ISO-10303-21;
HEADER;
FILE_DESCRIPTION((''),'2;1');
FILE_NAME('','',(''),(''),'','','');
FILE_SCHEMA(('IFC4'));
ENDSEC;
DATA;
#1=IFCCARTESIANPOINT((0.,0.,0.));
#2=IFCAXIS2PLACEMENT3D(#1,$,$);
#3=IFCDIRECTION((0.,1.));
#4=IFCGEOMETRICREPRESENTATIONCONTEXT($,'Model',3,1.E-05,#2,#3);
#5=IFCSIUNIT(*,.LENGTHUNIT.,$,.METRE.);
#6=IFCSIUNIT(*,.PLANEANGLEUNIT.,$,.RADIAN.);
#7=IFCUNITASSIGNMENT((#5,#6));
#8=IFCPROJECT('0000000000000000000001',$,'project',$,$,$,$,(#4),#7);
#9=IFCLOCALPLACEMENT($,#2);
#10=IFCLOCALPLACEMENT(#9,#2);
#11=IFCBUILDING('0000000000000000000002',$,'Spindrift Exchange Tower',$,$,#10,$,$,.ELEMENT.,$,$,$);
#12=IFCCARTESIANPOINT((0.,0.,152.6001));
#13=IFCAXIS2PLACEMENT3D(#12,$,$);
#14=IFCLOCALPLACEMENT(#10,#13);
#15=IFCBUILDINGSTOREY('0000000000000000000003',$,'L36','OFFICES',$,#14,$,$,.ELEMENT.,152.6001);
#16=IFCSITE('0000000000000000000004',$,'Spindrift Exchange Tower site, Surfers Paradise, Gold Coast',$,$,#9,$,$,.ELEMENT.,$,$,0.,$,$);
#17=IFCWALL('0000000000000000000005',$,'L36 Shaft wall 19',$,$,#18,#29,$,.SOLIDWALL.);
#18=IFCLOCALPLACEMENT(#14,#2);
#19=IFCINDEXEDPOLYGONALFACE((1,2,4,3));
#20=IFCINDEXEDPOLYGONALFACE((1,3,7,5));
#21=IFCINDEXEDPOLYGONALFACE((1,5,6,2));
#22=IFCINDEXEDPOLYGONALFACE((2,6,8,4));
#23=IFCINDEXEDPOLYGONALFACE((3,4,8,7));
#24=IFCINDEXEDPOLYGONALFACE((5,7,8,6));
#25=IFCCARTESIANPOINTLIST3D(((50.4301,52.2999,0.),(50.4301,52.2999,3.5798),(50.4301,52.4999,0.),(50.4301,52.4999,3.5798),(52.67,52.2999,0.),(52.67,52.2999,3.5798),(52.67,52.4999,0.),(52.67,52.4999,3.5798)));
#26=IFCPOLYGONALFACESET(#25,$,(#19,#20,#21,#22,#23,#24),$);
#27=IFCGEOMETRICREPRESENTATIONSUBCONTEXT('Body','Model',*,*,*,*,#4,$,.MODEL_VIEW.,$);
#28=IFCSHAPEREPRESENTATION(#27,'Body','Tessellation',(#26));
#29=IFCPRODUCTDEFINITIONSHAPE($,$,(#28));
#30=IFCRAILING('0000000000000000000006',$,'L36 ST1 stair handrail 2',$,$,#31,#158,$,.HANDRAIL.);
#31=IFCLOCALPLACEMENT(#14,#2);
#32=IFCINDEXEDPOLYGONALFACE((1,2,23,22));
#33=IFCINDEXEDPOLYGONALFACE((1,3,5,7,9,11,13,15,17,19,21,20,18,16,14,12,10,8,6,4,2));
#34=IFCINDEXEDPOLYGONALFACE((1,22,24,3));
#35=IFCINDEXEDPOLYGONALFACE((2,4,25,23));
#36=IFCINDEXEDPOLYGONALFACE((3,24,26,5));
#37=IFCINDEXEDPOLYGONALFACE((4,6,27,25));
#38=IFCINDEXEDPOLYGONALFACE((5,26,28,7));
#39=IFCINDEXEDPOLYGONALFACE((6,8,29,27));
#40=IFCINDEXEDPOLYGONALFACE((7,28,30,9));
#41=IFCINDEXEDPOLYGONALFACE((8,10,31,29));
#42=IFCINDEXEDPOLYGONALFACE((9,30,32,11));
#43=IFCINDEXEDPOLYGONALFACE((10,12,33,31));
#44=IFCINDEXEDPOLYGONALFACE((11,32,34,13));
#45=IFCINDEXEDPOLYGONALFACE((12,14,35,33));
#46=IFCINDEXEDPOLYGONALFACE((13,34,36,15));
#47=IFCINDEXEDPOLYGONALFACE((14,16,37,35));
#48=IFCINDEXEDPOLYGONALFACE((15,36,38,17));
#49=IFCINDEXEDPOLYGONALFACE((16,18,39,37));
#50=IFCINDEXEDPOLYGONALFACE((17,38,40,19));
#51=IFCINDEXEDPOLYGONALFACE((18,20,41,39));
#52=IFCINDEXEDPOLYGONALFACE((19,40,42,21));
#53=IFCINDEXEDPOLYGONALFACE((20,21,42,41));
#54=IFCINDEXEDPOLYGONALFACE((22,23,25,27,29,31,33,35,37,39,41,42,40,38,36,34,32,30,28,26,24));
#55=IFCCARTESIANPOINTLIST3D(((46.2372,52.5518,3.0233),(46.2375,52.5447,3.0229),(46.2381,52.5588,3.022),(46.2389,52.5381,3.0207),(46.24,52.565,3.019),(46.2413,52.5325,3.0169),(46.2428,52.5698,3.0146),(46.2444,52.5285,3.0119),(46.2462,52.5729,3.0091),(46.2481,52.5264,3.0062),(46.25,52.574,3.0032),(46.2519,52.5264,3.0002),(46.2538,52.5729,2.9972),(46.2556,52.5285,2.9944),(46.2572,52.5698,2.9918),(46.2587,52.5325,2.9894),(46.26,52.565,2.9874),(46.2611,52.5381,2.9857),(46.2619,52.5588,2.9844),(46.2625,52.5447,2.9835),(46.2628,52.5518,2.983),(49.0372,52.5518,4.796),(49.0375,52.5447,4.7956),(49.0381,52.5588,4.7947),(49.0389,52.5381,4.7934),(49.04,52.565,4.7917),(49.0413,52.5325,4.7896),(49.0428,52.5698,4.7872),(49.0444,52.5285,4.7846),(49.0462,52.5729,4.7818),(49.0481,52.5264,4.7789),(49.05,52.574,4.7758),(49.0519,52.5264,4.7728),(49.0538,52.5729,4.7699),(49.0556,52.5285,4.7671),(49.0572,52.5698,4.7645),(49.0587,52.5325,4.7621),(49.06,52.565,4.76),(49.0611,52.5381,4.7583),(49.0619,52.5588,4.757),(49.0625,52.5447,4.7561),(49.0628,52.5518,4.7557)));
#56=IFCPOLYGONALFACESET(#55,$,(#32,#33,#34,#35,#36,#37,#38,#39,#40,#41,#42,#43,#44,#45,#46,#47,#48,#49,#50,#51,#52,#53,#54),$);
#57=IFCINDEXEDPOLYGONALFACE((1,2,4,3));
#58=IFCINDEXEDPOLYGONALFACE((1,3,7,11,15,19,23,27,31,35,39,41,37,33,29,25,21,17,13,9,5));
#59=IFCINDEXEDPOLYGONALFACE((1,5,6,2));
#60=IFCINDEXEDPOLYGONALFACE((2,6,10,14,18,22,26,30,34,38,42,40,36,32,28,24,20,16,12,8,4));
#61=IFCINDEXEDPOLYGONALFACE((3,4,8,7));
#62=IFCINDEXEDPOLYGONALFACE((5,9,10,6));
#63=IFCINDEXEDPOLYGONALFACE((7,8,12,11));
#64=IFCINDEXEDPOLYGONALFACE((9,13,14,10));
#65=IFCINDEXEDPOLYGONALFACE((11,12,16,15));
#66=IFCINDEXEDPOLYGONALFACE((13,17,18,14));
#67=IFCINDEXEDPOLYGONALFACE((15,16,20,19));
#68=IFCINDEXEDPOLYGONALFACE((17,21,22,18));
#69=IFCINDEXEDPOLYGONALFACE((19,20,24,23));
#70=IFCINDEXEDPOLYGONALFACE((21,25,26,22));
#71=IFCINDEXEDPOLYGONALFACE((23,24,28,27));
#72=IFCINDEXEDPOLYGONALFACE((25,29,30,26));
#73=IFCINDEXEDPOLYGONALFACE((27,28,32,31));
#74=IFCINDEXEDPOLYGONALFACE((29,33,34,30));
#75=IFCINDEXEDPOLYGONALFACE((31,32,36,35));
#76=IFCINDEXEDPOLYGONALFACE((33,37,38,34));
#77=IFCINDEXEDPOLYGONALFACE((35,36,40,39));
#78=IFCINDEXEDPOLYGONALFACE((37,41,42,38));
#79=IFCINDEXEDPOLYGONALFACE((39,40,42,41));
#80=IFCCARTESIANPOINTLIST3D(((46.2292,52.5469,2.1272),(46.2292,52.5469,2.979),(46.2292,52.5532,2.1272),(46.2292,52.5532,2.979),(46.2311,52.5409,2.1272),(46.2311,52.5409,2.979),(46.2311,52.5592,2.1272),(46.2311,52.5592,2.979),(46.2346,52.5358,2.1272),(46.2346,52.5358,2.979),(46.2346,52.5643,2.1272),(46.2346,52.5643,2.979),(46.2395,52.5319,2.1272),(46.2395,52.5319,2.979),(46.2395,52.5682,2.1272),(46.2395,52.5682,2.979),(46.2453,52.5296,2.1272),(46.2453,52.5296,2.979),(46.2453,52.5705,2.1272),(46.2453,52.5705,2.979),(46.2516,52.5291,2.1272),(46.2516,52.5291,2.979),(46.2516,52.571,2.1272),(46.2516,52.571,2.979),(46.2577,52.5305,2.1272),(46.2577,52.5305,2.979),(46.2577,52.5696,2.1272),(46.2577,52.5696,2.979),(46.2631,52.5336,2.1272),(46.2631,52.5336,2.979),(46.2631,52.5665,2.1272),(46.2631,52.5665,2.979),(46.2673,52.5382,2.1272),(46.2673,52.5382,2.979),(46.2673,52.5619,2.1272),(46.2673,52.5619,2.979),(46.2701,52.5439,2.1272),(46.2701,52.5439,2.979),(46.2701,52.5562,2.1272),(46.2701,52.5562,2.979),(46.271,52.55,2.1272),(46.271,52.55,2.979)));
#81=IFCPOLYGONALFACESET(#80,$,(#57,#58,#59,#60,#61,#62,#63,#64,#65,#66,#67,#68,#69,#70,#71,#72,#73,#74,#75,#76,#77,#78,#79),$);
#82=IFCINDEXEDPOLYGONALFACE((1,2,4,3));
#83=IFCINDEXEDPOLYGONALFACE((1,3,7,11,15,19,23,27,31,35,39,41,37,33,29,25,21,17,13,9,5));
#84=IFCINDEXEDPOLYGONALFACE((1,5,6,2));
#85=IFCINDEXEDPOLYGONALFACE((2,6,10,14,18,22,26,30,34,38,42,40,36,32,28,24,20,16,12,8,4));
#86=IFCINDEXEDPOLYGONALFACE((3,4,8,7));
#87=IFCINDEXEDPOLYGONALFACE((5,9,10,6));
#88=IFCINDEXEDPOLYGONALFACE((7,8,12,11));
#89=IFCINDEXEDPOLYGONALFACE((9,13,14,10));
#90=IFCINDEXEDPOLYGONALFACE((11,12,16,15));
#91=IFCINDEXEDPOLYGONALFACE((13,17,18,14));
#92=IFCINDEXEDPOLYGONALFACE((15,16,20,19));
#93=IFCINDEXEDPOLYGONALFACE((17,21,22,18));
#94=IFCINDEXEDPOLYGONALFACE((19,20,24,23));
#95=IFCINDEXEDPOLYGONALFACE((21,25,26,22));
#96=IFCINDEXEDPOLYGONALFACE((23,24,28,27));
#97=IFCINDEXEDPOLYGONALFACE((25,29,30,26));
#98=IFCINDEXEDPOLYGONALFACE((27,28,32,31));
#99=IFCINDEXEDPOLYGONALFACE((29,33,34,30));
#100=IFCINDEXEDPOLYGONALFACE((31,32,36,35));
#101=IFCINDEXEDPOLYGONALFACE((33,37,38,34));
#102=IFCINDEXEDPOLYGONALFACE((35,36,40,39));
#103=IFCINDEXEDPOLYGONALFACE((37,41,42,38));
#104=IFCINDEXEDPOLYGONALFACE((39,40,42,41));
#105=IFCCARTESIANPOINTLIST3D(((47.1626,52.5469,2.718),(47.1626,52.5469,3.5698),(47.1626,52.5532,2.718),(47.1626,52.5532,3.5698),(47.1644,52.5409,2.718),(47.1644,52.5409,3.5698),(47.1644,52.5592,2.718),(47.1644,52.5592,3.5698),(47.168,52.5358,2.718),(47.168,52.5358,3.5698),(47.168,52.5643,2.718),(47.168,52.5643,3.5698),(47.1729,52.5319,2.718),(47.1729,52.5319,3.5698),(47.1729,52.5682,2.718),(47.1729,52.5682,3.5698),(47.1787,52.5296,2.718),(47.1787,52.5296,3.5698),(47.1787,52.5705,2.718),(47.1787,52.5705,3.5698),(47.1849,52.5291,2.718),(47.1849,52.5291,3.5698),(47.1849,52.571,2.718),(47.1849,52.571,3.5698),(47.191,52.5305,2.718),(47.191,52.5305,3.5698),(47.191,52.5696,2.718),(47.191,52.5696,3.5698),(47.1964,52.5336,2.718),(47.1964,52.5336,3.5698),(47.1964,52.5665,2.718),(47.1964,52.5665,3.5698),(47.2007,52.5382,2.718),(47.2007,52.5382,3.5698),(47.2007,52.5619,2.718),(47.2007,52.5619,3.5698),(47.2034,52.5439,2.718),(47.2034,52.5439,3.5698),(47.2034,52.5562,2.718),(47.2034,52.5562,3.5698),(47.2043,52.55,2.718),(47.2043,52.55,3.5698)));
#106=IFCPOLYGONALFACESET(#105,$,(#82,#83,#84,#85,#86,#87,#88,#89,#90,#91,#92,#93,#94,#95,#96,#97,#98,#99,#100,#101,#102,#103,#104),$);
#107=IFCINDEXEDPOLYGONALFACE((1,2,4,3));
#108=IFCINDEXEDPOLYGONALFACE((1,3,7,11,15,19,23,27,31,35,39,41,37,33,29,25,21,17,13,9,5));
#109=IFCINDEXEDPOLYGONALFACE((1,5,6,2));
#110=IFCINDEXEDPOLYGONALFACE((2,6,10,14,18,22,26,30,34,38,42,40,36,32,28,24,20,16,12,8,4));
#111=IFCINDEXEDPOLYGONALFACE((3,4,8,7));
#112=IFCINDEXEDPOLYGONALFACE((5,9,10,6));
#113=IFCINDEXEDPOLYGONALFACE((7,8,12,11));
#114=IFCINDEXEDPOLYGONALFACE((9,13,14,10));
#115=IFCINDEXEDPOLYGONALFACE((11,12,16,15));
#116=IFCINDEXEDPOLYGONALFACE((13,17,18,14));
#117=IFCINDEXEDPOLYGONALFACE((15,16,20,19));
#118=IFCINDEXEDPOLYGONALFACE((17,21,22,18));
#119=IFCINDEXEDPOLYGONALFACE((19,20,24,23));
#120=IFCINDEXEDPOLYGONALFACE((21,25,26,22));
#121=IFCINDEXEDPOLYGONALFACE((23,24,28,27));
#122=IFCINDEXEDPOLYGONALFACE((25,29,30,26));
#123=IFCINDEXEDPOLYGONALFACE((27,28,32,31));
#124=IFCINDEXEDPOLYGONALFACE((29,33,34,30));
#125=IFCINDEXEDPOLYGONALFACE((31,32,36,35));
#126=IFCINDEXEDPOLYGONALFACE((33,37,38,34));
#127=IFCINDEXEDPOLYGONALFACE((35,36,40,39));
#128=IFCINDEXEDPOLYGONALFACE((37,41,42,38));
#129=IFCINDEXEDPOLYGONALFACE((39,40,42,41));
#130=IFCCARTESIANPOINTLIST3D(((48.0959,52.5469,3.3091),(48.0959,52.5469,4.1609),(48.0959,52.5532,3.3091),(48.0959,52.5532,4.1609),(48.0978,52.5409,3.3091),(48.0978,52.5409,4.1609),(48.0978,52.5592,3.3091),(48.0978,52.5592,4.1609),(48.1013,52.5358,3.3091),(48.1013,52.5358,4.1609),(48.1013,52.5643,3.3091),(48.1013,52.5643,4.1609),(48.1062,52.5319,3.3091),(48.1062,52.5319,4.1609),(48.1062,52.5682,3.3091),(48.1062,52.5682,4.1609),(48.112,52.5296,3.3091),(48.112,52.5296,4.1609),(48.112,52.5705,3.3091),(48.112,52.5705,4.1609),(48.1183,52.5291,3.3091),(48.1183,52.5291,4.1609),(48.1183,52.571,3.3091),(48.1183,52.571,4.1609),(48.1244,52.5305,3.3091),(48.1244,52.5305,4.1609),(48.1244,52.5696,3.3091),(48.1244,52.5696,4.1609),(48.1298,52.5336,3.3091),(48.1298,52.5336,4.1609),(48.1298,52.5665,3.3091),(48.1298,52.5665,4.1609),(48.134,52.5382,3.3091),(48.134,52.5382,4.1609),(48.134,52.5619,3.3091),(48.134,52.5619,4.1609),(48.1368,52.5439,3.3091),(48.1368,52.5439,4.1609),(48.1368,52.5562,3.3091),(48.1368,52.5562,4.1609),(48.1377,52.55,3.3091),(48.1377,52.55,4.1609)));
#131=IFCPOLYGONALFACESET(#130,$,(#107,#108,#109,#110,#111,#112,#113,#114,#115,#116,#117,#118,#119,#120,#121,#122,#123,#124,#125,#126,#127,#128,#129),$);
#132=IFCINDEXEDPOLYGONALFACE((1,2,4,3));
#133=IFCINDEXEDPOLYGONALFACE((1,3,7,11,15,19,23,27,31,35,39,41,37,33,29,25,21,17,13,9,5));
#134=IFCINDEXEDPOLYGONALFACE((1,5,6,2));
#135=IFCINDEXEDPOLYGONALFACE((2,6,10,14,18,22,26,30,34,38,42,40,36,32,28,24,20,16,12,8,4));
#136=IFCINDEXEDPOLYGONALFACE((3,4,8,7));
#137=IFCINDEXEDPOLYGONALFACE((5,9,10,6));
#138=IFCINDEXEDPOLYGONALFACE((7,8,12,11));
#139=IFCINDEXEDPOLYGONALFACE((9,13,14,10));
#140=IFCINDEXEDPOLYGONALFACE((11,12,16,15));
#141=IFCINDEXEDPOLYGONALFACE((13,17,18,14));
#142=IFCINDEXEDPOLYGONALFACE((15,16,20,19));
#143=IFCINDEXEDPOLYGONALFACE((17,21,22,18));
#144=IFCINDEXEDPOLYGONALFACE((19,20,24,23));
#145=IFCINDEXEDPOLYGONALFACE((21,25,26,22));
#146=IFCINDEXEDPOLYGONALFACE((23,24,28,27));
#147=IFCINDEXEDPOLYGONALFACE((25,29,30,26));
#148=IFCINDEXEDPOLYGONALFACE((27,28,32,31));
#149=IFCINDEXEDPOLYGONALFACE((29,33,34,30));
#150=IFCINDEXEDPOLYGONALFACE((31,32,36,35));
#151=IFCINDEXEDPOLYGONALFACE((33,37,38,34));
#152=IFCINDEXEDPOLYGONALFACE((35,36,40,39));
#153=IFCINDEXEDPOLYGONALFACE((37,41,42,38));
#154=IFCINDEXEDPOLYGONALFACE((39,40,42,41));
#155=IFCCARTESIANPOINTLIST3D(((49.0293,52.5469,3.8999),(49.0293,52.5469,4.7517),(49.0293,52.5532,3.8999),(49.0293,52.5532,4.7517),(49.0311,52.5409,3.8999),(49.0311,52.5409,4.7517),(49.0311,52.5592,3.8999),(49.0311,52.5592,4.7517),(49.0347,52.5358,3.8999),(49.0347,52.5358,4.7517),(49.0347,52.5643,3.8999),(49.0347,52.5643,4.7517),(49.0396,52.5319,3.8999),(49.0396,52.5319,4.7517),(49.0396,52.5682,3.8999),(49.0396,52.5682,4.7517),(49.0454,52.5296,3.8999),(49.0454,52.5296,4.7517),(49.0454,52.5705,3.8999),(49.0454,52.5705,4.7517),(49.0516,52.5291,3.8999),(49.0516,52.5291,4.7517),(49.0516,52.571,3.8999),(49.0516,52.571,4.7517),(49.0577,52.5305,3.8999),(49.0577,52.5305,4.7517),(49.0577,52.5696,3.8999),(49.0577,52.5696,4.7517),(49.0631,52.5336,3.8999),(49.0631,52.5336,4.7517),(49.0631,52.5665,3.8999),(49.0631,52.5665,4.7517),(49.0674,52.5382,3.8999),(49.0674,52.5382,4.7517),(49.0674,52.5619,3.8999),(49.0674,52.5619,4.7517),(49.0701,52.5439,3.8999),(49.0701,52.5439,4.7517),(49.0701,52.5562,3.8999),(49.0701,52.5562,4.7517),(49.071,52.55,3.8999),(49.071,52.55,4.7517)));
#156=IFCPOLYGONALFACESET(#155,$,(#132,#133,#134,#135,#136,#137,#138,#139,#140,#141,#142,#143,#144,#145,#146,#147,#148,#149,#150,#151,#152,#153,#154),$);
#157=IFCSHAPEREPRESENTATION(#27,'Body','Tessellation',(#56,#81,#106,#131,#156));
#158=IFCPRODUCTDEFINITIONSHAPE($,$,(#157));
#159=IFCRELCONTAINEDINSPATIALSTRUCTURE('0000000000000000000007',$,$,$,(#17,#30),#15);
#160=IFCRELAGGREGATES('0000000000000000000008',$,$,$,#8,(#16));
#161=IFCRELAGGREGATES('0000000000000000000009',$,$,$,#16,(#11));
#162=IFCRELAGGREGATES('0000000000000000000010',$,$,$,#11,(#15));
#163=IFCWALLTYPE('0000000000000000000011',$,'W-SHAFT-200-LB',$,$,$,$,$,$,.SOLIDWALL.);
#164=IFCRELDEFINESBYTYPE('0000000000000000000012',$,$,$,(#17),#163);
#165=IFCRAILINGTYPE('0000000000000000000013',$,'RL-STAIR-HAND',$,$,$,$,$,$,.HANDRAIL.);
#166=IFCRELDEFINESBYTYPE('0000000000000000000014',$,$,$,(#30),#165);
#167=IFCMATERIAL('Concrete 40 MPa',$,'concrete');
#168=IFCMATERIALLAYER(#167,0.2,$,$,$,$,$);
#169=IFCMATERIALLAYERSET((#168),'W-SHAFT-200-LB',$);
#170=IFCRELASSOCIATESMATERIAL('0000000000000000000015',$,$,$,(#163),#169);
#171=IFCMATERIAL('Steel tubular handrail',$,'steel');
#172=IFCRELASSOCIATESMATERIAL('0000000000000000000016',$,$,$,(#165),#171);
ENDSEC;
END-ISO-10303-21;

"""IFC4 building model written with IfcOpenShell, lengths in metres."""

from ifc_helpers import new_model, si_unit, direction, frame, frame_2d, origin, origin_2d, place, context, subcontext, project, spatial, rectangle, circle, extrude, material, layer, layer_set, type_object, element, save


model = new_model("IFC4")

# Units and contexts
model_context = context("Model", 3, precision=1e-05, world=origin(), true_north=direction((0.0, 1.0)))
body_context = subcontext(model_context, "Body", "Model", "MODEL_VIEW")
ifc_project = project(units=[si_unit("LENGTHUNIT", "METRE"), si_unit("PLANEANGLEUNIT", "RADIAN")], contexts=[model_context])

# Site, building, storey
site_placement = place(None, origin())
site = spatial("IfcSite", under=ifc_project, at=site_placement, Name="Spindrift Exchange Tower site, Surfers Paradise, Gold Coast", CompositionType="ELEMENT", RefElevation=0.0)
building_placement = place(site_placement, origin())
building = spatial("IfcBuilding", under=site, at=building_placement, Name="Spindrift Exchange Tower", CompositionType="ELEMENT")
storey_placement = place(building_placement, frame((0.0, 0.0, 152.6001)))
storey = spatial("IfcBuildingStorey", under=building, at=storey_placement, Name="L36", Description="OFFICES", CompositionType="ELEMENT", Elevation=152.6001)

# Shared definitions
ifc_material_1 = material(Name="Concrete 40 MPa", Category="concrete")
ifc_layer_1 = layer(ifc_material_1, 0.2)
ifc_layer_set_1 = layer_set([ifc_layer_1], Name="W-SHAFT-200-LB")
wall_type_1 = type_object("IfcWallType", Name="W-SHAFT-200-LB", PredefinedType="SOLIDWALL", material=ifc_layer_set_1)

# Wall
wall_1_placement = place(storey_placement, frame((50.4299, 52.3999, 0.0), z_axis=(0.0, 0.0, 1.0), x_axis=(1.0, 0.0, 0.0)))
element("IfcWall", 1, at=wall_1_placement, inside=storey, type_object=wall_type_1, Name="L36 Shaft wall 19", PredefinedType="SOLIDWALL", context=body_context, shape_type="SweptSolid", body=[
    extrude(rectangle(XDim=2.24, YDim=0.2, at=frame_2d((1.1201, 0.0))), origin(), (0.0, 0.0, 1.0), 3.5798),
])

# Railing
ifc_material_2 = material(Name="Steel tubular handrail", Category="steel")
railing_type = type_object("IfcRailingType", Name="RL-STAIR-HAND", PredefinedType="HANDRAIL", material=ifc_material_2)
railing_placement = place(storey_placement, frame((46.25, 52.55, 2.1272)))
element("IfcRailing", 2, at=railing_placement, inside=storey, type_object=railing_type, Name="L36 ST1 stair handrail 2", PredefinedType="HANDRAIL", context=body_context, shape_type="SweptSolid", body=[
    extrude(circle(Radius=0.0239, at=origin_2d()), frame((0.0, 0.0, 0.876), z_axis=(0.844909, 0.0, 0.53491), x_axis=(0.0, 1.0, 0.0)), (0.0, 0.0, 1.0), 3.314),
    extrude(circle(Radius=0.021, at=origin_2d()), origin(), (0.0, 0.0, 1.0), 0.8518),
    extrude(circle(Radius=0.021, at=origin_2d()), frame((0.9333, 0.0, 0.5908)), (0.0, 0.0, 1.0), 0.8518),
    extrude(circle(Radius=0.021, at=origin_2d()), frame((1.8667, 0.0, 1.1819)), (0.0, 0.0, 1.0), 0.8518),
    extrude(circle(Radius=0.021, at=origin_2d()), frame((2.8, 0.0, 1.7727)), (0.0, 0.0, 1.0), 0.8518),
])

save(model, "model.ifc")
